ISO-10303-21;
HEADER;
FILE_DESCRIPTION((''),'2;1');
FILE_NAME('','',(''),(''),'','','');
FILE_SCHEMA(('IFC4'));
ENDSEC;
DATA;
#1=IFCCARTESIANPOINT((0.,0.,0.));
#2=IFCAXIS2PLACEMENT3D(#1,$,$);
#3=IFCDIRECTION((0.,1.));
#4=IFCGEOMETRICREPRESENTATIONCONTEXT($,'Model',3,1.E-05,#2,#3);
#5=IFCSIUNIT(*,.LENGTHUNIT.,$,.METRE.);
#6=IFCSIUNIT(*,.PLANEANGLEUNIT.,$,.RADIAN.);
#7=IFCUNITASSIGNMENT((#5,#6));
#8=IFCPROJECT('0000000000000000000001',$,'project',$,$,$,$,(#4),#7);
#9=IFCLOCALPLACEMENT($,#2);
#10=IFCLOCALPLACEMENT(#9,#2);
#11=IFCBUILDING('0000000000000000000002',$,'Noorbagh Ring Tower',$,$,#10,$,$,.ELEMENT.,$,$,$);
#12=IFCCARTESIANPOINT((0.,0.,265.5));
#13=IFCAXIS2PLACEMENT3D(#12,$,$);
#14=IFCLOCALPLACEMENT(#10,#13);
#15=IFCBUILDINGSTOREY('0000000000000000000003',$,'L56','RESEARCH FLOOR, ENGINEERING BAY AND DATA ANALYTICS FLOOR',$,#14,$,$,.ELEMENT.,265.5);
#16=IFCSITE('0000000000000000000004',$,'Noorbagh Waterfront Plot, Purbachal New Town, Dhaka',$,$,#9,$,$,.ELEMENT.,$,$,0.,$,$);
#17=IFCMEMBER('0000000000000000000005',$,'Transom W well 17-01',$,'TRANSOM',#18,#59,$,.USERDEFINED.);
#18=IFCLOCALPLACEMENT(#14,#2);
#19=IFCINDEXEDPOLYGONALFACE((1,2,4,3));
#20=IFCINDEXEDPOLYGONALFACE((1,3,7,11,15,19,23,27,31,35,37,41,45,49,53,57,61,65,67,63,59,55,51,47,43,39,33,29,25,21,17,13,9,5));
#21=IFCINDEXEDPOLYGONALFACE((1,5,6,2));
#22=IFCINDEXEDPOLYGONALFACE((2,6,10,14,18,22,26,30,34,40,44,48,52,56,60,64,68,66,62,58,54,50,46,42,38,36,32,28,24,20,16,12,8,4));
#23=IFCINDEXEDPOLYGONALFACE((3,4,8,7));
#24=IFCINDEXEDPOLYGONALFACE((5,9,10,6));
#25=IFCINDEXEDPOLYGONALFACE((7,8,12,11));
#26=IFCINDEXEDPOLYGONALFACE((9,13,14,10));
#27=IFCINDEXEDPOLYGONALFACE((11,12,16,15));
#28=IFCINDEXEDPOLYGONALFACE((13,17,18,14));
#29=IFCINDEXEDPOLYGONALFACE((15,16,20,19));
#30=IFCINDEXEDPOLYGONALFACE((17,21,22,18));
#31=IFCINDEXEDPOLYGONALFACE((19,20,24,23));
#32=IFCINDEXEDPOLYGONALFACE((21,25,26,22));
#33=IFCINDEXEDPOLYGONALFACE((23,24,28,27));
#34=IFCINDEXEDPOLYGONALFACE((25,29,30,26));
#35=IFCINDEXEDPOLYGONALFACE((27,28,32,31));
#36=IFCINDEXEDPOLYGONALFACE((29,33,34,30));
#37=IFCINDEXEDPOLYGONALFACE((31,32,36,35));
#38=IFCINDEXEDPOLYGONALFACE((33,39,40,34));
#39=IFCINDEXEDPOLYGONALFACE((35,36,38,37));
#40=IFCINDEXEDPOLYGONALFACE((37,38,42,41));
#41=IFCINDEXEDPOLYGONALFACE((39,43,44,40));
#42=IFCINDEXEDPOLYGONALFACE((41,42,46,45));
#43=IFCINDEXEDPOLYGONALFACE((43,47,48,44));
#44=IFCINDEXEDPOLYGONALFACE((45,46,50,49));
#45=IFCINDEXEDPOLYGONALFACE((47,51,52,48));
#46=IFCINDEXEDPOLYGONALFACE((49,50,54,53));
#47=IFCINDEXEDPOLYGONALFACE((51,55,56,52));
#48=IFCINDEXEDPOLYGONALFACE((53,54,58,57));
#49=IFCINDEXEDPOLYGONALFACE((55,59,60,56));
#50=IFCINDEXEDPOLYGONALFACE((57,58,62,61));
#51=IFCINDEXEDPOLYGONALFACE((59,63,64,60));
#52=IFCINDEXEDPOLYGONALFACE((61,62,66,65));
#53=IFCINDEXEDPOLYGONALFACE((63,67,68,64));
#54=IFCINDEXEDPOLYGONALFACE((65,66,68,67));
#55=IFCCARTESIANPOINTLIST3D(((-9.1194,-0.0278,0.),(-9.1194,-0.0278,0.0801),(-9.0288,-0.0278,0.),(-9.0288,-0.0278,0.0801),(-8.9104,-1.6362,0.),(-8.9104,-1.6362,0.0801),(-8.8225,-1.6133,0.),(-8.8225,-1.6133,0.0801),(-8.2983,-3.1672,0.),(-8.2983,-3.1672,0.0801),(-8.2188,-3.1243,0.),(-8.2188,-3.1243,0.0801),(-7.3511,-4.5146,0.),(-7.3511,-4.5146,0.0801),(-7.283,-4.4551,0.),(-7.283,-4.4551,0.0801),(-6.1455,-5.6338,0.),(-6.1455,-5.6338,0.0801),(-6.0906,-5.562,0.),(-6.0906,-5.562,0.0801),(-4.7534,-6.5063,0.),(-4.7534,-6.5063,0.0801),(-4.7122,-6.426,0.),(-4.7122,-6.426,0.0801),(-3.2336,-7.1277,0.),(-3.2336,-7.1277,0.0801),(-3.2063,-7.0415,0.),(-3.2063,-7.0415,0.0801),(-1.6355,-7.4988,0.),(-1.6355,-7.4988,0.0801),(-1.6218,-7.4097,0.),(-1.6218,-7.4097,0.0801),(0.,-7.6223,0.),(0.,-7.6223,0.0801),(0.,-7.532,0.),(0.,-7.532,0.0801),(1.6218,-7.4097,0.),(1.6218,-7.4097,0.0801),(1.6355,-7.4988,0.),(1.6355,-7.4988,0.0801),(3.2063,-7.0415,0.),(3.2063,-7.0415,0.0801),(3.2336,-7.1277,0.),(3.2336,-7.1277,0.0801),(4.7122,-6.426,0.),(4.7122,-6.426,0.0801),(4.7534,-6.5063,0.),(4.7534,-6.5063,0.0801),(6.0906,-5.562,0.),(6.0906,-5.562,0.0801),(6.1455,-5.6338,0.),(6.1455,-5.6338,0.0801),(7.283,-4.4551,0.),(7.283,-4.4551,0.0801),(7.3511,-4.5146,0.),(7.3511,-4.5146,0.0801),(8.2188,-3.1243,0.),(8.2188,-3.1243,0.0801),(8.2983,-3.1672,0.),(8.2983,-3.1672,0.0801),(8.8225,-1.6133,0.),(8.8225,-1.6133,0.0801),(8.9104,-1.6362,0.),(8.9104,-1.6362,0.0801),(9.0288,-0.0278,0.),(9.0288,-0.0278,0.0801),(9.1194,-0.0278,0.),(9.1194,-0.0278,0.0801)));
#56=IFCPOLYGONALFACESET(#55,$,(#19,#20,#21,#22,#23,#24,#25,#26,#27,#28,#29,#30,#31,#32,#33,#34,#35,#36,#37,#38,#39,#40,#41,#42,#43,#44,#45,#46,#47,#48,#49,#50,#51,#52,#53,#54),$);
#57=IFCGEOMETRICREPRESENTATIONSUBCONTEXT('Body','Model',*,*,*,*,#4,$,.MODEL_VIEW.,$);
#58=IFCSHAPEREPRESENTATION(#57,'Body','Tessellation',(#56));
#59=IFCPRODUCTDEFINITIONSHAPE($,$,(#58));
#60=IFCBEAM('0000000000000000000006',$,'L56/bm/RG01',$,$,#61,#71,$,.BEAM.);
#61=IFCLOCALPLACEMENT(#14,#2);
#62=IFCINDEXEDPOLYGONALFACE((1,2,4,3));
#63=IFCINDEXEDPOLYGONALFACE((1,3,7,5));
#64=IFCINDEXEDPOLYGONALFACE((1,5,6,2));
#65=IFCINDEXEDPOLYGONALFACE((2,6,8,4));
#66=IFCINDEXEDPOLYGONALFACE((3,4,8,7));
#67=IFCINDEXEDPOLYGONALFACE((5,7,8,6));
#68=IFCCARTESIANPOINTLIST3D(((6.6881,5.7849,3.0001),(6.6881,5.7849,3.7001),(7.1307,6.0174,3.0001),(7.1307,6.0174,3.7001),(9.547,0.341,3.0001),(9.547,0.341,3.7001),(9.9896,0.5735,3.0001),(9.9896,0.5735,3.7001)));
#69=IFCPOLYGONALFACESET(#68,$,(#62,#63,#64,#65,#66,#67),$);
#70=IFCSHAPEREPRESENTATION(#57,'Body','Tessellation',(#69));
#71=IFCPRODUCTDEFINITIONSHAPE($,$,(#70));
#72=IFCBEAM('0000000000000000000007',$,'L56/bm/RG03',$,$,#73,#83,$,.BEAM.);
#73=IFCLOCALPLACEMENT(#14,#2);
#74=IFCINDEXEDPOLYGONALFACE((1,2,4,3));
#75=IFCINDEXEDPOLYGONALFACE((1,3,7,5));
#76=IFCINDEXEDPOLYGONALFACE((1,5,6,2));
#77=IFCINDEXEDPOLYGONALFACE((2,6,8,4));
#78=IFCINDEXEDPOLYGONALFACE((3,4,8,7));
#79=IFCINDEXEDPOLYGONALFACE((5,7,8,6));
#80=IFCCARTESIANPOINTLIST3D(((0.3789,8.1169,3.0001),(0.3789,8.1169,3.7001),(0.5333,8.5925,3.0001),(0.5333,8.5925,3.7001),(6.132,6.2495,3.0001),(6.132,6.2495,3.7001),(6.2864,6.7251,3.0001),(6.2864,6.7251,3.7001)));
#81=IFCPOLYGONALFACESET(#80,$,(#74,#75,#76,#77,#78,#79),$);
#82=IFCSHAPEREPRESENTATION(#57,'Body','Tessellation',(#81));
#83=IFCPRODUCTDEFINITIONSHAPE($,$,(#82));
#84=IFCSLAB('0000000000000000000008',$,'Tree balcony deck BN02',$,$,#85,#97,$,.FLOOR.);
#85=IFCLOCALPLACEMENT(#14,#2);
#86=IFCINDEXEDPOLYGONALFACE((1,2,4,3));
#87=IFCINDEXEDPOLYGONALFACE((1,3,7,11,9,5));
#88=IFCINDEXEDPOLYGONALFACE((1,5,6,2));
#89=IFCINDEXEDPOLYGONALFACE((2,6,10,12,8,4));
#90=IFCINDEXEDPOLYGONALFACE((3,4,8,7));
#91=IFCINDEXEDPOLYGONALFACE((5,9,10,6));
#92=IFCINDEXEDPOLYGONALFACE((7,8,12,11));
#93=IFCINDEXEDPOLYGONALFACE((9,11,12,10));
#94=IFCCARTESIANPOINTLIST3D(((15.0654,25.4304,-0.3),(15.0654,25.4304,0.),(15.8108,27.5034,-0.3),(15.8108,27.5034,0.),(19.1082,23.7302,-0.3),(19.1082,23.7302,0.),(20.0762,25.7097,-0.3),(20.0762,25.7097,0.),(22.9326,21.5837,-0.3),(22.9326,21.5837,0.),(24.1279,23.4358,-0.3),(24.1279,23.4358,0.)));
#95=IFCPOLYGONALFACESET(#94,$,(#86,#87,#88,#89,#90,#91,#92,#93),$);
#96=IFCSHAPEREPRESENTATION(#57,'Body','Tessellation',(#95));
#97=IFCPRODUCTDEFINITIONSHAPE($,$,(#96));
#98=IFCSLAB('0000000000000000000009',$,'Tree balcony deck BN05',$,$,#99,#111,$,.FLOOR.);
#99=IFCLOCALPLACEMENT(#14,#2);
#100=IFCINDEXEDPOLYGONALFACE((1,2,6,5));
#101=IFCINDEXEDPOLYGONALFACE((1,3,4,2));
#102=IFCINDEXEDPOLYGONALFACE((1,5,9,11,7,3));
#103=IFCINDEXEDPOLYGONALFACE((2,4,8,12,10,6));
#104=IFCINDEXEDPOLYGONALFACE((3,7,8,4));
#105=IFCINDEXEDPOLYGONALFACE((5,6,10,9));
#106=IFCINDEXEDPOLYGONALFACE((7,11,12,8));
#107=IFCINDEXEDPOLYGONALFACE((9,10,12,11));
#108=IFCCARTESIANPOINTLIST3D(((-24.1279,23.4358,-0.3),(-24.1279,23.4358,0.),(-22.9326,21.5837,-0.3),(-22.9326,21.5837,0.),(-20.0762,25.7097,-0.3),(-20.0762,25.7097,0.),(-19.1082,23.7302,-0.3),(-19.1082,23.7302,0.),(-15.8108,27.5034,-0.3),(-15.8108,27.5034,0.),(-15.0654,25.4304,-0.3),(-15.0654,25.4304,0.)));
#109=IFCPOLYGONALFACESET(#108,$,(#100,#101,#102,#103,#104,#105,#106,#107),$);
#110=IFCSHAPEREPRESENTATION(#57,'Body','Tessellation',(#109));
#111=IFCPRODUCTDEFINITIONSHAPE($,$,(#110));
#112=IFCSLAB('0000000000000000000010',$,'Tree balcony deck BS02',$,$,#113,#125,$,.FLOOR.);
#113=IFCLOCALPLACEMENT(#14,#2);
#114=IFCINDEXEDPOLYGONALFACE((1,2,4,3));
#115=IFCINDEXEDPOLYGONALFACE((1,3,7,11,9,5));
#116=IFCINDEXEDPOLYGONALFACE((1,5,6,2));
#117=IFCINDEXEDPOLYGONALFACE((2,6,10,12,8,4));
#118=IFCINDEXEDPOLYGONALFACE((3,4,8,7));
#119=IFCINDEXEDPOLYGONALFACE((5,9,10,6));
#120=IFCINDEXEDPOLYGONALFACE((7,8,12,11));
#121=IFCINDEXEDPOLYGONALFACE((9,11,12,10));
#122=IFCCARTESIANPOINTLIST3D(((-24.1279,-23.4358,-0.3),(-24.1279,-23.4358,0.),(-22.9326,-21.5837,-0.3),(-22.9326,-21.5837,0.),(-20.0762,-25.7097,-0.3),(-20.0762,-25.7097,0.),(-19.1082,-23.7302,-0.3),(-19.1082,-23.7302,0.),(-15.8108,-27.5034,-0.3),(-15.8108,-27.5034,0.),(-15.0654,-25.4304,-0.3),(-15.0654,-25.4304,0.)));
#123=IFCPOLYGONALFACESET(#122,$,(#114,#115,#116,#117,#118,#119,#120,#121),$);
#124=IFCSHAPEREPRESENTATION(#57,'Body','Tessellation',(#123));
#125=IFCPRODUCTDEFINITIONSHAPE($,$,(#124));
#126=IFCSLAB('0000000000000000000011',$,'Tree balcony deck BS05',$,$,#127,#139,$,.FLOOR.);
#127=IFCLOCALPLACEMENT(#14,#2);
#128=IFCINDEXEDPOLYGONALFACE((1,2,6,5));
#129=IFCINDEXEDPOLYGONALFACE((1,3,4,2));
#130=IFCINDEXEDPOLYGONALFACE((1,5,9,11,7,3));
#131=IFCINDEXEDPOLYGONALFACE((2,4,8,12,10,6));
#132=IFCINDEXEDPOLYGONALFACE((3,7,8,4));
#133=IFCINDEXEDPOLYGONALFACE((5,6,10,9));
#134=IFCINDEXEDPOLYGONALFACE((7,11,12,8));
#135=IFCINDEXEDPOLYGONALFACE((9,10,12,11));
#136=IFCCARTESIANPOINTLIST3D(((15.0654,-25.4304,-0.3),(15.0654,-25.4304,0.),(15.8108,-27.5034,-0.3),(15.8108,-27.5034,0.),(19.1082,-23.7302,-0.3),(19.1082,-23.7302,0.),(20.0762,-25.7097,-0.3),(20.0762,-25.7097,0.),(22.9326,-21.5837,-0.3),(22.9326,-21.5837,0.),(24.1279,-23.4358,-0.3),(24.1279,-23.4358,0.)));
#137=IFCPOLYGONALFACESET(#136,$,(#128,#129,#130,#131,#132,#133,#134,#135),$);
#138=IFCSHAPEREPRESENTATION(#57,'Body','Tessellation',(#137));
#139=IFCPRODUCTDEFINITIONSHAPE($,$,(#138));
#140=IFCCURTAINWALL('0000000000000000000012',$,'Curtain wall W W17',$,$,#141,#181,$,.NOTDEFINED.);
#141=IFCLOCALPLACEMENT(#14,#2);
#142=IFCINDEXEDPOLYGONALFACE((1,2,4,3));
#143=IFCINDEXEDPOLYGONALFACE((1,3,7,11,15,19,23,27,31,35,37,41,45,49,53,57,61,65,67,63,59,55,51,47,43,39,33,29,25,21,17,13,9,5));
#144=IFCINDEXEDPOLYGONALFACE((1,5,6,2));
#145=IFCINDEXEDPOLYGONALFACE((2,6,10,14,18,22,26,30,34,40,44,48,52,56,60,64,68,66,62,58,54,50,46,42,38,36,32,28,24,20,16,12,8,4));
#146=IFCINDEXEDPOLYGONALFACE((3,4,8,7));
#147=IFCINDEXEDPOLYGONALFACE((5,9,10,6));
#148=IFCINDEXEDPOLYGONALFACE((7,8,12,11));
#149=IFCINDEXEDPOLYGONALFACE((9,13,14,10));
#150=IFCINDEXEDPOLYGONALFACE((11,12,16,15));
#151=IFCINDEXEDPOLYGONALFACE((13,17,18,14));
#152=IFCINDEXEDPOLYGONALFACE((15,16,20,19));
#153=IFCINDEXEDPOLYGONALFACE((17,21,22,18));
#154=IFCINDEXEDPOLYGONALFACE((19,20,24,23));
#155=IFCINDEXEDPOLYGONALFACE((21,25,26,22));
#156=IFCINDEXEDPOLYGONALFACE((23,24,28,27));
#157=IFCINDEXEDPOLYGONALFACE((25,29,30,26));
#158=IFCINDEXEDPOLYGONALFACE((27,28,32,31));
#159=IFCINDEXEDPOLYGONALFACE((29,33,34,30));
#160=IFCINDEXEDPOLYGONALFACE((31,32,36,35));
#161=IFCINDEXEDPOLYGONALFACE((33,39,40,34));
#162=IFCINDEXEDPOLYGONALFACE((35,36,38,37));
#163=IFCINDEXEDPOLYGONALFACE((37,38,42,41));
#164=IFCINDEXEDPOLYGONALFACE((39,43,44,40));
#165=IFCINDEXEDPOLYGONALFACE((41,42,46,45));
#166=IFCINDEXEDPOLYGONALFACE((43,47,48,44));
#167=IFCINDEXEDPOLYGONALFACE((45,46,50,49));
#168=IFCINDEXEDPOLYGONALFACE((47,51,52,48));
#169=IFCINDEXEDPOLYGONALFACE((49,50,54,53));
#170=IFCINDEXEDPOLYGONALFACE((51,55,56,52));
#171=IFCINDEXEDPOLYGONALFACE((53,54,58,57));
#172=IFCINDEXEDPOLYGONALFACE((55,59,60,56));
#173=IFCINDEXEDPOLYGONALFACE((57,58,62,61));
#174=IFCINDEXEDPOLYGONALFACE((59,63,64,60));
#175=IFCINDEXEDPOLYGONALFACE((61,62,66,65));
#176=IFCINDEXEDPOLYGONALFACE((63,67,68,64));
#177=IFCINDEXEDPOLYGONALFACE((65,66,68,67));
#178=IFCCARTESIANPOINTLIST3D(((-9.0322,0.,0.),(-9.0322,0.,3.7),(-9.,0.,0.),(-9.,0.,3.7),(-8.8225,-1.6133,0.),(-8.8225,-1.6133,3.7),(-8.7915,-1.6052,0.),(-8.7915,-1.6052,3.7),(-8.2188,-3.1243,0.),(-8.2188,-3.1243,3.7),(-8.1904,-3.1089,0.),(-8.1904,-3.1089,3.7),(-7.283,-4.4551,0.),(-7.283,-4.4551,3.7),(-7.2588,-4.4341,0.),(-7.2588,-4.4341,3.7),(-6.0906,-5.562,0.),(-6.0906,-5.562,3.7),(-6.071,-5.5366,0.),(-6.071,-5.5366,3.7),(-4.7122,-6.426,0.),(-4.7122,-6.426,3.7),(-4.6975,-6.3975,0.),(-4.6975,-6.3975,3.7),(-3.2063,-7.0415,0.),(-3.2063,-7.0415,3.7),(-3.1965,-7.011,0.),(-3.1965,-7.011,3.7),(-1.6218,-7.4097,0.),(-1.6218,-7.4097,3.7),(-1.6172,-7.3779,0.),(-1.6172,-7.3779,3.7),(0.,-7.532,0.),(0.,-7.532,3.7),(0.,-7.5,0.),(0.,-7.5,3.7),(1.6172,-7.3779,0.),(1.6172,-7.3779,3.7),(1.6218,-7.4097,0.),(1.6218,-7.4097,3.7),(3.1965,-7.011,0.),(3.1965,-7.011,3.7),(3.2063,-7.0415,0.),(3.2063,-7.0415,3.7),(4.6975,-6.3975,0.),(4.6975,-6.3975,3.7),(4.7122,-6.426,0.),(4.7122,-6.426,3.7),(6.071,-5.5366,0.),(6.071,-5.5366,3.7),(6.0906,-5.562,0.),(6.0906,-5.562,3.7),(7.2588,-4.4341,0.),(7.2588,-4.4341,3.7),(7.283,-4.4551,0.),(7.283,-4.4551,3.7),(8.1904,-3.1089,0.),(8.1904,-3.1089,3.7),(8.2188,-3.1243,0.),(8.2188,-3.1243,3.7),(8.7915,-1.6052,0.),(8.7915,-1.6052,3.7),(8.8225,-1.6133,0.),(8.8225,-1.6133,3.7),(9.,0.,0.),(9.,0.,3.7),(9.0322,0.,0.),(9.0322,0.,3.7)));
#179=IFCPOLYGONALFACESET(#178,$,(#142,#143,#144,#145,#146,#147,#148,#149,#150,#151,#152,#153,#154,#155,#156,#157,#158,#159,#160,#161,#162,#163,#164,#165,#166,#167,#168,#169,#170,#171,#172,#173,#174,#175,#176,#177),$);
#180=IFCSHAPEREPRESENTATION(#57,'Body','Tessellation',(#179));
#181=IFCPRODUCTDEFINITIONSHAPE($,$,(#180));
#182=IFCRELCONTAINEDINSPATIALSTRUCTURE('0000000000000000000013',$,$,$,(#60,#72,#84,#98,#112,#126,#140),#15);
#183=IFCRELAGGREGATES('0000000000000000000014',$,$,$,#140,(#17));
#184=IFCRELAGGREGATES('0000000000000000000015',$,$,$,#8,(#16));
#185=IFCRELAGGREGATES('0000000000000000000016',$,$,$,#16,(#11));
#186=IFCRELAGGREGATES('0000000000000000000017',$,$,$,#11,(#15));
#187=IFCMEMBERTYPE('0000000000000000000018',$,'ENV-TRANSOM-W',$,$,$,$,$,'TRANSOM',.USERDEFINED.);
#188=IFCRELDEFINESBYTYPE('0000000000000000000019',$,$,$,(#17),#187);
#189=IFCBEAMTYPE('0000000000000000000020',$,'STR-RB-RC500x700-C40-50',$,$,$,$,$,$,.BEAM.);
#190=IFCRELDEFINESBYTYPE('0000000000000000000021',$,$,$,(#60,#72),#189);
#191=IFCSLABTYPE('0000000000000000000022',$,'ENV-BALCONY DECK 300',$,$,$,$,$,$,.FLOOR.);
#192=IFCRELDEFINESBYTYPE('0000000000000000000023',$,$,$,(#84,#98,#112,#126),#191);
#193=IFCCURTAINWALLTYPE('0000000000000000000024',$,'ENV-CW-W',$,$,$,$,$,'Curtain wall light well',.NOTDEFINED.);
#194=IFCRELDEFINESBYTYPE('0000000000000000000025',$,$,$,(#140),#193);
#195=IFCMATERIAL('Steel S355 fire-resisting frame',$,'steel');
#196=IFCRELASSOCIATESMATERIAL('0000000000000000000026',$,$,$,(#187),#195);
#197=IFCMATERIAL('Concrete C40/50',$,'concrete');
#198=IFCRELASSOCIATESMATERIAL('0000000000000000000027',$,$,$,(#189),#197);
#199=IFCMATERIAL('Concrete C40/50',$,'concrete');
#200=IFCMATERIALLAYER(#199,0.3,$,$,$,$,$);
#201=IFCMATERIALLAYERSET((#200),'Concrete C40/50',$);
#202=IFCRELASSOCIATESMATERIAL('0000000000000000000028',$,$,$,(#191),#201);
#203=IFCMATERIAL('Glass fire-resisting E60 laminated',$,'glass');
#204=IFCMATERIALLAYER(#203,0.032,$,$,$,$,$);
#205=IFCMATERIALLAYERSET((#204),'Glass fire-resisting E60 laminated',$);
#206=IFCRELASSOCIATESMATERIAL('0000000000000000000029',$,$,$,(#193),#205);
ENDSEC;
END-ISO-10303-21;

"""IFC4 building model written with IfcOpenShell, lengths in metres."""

from ifc_helpers import new_model, si_unit, direction, frame, origin, origin_2d, place, context, subcontext, project, spatial, polyline, rectangle, outline, extrude, material, layer, layer_set, material_profile, profile_set, type_object, element, aggregate, save


model = new_model("IFC4")

# Units and contexts
model_context = context("Model", 3, precision=1e-05, world=origin(), true_north=direction((0.0, 1.0)))
body_context = subcontext(model_context, "Body", "Model", "MODEL_VIEW")
ifc_project = project(units=[si_unit("LENGTHUNIT", "METRE"), si_unit("PLANEANGLEUNIT", "RADIAN")], contexts=[model_context])

# Site, building, storey
site_placement = place(None, origin())
site = spatial("IfcSite", under=ifc_project, at=site_placement, Name="Noorbagh Waterfront Plot, Purbachal New Town, Dhaka", CompositionType="ELEMENT", RefElevation=0.0)
building_placement = place(site_placement, origin())
building = spatial("IfcBuilding", under=site, at=building_placement, Name="Noorbagh Ring Tower", CompositionType="ELEMENT")
storey_placement = place(building_placement, frame((0.0, 0.0, 265.5)))
storey = spatial("IfcBuildingStorey", under=building, at=storey_placement, Name="L56", Description="RESEARCH FLOOR, ENGINEERING BAY AND DATA ANALYTICS FLOOR", CompositionType="ELEMENT", Elevation=265.5)

# Member
ifc_material_1 = material(Name="Steel S355 fire-resisting frame", Category="steel")
member_type_1 = type_object("IfcMemberType", Name="ENV-TRANSOM-W", ElementType="TRANSOM", PredefinedType="USERDEFINED", material=ifc_material_1)
member_1_placement = place(storey_placement, origin())
member_1 = element("IfcMember", 1, at=member_1_placement, type_object=member_type_1, Name="Transom W well 17-01", ObjectType="TRANSOM", PredefinedType="USERDEFINED", context=body_context, shape_type="SweptSolid", body=[
    extrude(outline(polyline([(-9.1194, -0.0278), (-8.9104, -1.6362), (-8.2983, -3.1672), (-7.3511, -4.5146), (-6.1455, -5.6338), (-4.7534, -6.5063), (-3.2336, -7.1277), (-1.6355, -7.4988), (0.0, -7.6223), (1.6355, -7.4988), (3.2336, -7.1277), (4.7534, -6.5063), (6.1455, -5.6338), (7.3511, -4.5146), (8.2983, -3.1672), (8.9104, -1.6362), (9.1194, -0.0278), (9.0288, -0.0278), (8.8225, -1.6133), (8.2188, -3.1243), (7.283, -4.4551), (6.0906, -5.562), (4.7122, -6.426), (3.2063, -7.0415), (1.6218, -7.4097), (0.0, -7.532), (-1.6218, -7.4097), (-3.2063, -7.0415), (-4.7122, -6.426), (-6.0906, -5.562), (-7.283, -4.4551), (-8.2188, -3.1243), (-8.8225, -1.6133), (-9.0288, -0.0278), (-9.1194, -0.0278)])), origin(), (0.0, 0.0, 1.0), 0.0801),
])

# Beams
ifc_material_2 = material(Name="Concrete C40/50", Category="concrete")
ifc_material_profile_1 = material_profile(ifc_material_2, rectangle(XDim=0.5, YDim=0.7, at=origin_2d()), Name="RC500x700")
ifc_profile_set_1 = profile_set([ifc_material_profile_1], Name="Concrete C40/50")
beam_type = type_object("IfcBeamType", Name="STR-RB-RC500x700-C40-50", PredefinedType="BEAM", material=ifc_profile_set_1)
beam_1_placement = place(storey_placement, frame((9.7683, 0.4573, 3.3501), z_axis=(-0.464944, 0.88534, 0.0), x_axis=(-0.88534, -0.464944, 0.0)))
element("IfcBeam", 2, at=beam_1_placement, inside=storey, type_object=beam_type, Name="L56/bm/RG01", PredefinedType="BEAM", context=body_context, shape_type="SweptSolid", body=[
    extrude(rectangle(XDim=0.5, YDim=0.7, at=origin_2d()), origin(), (0.0, 0.0, 1.0), 6.1489),
])
beam_2_placement = place(storey_placement, frame((6.2092, 6.4873, 3.3501), z_axis=(-0.951148, 0.308735, 0.0), x_axis=(-0.308735, -0.951148, 0.0)))
element("IfcBeam", 3, at=beam_2_placement, inside=storey, type_object=beam_type, Name="L56/bm/RG03", PredefinedType="BEAM", context=body_context, shape_type="SweptSolid", body=[
    extrude(rectangle(XDim=0.5, YDim=0.7, at=origin_2d()), origin(), (0.0, 0.0, 1.0), 6.0486),
])

# Slabs
ifc_material_3 = material(Name="Concrete C40/50", Category="concrete")
ifc_layer_1 = layer(ifc_material_3, 0.3)
ifc_layer_set_1 = layer_set([ifc_layer_1], Name="Concrete C40/50")
slab_type = type_object("IfcSlabType", Name="ENV-BALCONY DECK 300", PredefinedType="FLOOR", material=ifc_layer_set_1)
slab_1_placement = place(storey_placement, frame((0.0, 0.0, -0.3)))
element("IfcSlab", 4, at=slab_1_placement, inside=storey, type_object=slab_type, Name="Tree balcony deck BN02", PredefinedType="FLOOR", context=body_context, shape_type="SweptSolid", body=[
    extrude(outline(polyline([(24.1279, 23.4358), (20.0762, 25.7097), (15.8108, 27.5034), (15.0654, 25.4304), (19.1082, 23.7302), (22.9326, 21.5837), (24.1279, 23.4358)])), origin(), (0.0, 0.0, 1.0), 0.3),
])
slab_2_placement = place(storey_placement, frame((0.0, 0.0, -0.3)))
element("IfcSlab", 5, at=slab_2_placement, inside=storey, type_object=slab_type, Name="Tree balcony deck BN05", PredefinedType="FLOOR", context=body_context, shape_type="SweptSolid", body=[
    extrude(outline(polyline([(-15.8108, 27.5034), (-20.0762, 25.7097), (-24.1279, 23.4358), (-22.9326, 21.5837), (-19.1082, 23.7302), (-15.0654, 25.4304), (-15.8108, 27.5034)])), origin(), (0.0, 0.0, 1.0), 0.3),
])
slab_3_placement = place(storey_placement, frame((0.0, 0.0, -0.3)))
element("IfcSlab", 6, at=slab_3_placement, inside=storey, type_object=slab_type, Name="Tree balcony deck BS02", PredefinedType="FLOOR", context=body_context, shape_type="SweptSolid", body=[
    extrude(outline(polyline([(-24.1279, -23.4358), (-20.0762, -25.7097), (-15.8108, -27.5034), (-15.0654, -25.4304), (-19.1082, -23.7302), (-22.9326, -21.5837), (-24.1279, -23.4358)])), origin(), (0.0, 0.0, 1.0), 0.3),
])
slab_4_placement = place(storey_placement, frame((0.0, 0.0, -0.3)))
element("IfcSlab", 7, at=slab_4_placement, inside=storey, type_object=slab_type, Name="Tree balcony deck BS05", PredefinedType="FLOOR", context=body_context, shape_type="SweptSolid", body=[
    extrude(outline(polyline([(15.8108, -27.5034), (20.0762, -25.7097), (24.1279, -23.4358), (22.9326, -21.5837), (19.1082, -23.7302), (15.0654, -25.4304), (15.8108, -27.5034)])), origin(), (0.0, 0.0, 1.0), 0.3),
])

# Curtain wall
ifc_material_4 = material(Name="Glass fire-resisting E60 laminated", Category="glass")
ifc_layer_2 = layer(ifc_material_4, 0.032)
ifc_layer_set_2 = layer_set([ifc_layer_2], Name="Glass fire-resisting E60 laminated")
curtain_wall_type_1 = type_object("IfcCurtainWallType", Name="ENV-CW-W", ElementType="Curtain wall light well", PredefinedType="NOTDEFINED", material=ifc_layer_set_2)
curtain_wall_1_placement = place(storey_placement, origin())
curtain_wall_1 = element("IfcCurtainWall", 8, at=curtain_wall_1_placement, inside=storey, type_object=curtain_wall_type_1, Name="Curtain wall W W17", PredefinedType="NOTDEFINED", context=body_context, shape_type="SweptSolid", body=[
    extrude(outline(polyline([(-9.0322, 0.0), (-8.8225, -1.6133), (-8.2188, -3.1243), (-7.283, -4.4551), (-6.0906, -5.562), (-4.7122, -6.426), (-3.2063, -7.0415), (-1.6218, -7.4097), (0.0, -7.532), (1.6218, -7.4097), (3.2063, -7.0415), (4.7122, -6.426), (6.0906, -5.562), (7.283, -4.4551), (8.2188, -3.1243), (8.8225, -1.6133), (9.0322, 0.0), (9.0, 0.0), (8.7915, -1.6052), (8.1904, -3.1089), (7.2588, -4.4341), (6.071, -5.5366), (4.6975, -6.3975), (3.1965, -7.011), (1.6172, -7.3779), (0.0, -7.5), (-1.6172, -7.3779), (-3.1965, -7.011), (-4.6975, -6.3975), (-6.071, -5.5366), (-7.2588, -4.4341), (-8.1904, -3.1089), (-8.7915, -1.6052), (-9.0, 0.0), (-9.0322, 0.0)])), origin(), (0.0, 0.0, 1.0), 3.7),
])
aggregate(curtain_wall_1, [member_1])

save(model, "model.ifc")
